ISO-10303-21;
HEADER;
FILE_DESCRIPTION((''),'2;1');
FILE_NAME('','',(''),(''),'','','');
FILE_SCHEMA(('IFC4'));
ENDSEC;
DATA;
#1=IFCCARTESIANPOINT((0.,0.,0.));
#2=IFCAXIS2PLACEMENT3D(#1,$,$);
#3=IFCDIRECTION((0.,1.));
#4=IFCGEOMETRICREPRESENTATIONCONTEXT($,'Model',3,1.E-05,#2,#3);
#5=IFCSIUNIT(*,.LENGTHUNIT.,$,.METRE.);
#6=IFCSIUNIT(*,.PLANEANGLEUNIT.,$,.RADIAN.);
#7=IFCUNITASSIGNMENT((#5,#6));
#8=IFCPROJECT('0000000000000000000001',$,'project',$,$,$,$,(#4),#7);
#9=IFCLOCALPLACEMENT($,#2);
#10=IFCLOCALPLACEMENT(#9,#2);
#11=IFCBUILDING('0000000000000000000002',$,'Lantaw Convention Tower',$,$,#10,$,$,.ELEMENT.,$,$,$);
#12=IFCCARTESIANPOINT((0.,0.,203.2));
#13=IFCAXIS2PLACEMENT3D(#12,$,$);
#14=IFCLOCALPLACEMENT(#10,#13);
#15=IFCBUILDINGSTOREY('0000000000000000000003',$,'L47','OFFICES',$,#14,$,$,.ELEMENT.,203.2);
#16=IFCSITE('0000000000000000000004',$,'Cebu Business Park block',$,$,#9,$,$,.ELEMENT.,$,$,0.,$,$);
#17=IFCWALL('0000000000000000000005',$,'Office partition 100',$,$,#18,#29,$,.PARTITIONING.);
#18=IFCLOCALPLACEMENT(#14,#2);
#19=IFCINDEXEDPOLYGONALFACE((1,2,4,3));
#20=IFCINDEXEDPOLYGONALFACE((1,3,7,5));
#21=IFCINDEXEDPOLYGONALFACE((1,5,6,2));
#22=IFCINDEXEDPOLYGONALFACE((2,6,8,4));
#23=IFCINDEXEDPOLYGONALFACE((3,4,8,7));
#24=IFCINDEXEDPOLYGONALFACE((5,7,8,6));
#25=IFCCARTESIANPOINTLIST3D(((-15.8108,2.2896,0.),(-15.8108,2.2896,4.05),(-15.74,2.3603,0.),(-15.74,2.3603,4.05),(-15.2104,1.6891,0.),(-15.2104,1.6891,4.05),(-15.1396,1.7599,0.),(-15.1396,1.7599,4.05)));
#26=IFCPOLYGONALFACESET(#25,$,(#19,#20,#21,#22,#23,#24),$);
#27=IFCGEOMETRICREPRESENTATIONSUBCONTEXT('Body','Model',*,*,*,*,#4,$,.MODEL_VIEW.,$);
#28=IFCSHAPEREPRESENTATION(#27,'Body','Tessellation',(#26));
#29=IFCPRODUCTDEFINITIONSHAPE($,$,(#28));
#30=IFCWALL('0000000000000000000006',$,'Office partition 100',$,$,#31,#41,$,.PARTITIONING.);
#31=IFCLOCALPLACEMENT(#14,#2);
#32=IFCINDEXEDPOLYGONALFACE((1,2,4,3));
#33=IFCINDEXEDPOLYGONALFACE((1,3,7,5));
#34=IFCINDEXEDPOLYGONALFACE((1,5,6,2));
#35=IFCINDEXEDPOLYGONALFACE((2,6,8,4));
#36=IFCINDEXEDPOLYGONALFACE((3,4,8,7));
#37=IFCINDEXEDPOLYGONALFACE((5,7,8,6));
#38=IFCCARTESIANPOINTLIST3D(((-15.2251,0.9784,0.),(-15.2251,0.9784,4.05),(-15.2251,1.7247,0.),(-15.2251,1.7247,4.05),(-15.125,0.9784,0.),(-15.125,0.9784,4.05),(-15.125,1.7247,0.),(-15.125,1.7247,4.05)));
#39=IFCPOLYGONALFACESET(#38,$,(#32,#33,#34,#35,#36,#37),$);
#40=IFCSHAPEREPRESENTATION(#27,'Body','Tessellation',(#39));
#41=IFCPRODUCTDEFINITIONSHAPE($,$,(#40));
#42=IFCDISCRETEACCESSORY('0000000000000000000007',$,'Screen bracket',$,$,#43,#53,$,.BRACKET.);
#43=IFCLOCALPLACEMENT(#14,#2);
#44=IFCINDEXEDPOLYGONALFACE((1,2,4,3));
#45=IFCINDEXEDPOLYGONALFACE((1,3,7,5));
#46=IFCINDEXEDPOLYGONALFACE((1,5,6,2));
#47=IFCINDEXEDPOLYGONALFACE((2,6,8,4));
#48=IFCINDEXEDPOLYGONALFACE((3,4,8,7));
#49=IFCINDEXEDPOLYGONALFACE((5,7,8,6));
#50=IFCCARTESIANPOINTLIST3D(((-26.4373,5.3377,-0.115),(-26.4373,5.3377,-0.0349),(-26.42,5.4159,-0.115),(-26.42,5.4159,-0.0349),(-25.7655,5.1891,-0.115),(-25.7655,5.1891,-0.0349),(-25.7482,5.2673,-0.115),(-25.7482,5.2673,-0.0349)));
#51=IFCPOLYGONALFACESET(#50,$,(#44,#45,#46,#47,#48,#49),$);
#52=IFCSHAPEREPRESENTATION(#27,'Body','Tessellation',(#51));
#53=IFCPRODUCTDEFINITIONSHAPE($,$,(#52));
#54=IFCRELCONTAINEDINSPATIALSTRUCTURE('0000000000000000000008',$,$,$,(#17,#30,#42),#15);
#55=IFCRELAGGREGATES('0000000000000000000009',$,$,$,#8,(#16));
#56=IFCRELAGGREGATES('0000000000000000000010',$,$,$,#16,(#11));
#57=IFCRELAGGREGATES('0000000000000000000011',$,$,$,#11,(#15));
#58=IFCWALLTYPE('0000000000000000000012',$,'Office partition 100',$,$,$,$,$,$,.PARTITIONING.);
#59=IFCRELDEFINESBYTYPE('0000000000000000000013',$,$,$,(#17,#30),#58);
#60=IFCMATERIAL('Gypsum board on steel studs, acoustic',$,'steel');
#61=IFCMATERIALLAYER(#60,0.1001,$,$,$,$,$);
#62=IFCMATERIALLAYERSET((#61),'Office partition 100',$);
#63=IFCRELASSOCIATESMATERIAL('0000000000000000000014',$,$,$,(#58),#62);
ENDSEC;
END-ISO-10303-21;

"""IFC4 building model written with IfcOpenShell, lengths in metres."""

from ifc_helpers import new_model, si_unit, direction, frame, frame_2d, origin, origin_2d, place, context, subcontext, project, spatial, rectangle, extrude, material, layer, layer_set, type_object, element, save


model = new_model("IFC4")

# Units and contexts
model_context = context("Model", 3, precision=1e-05, world=origin(), true_north=direction((0.0, 1.0)))
body_context = subcontext(model_context, "Body", "Model", "MODEL_VIEW")
ifc_project = project(units=[si_unit("LENGTHUNIT", "METRE"), si_unit("PLANEANGLEUNIT", "RADIAN")], contexts=[model_context])

# Site, building, storey
site_placement = place(None, origin())
site = spatial("IfcSite", under=ifc_project, at=site_placement, Name="Cebu Business Park block", CompositionType="ELEMENT", RefElevation=0.0)
building_placement = place(site_placement, origin())
building = spatial("IfcBuilding", under=site, at=building_placement, Name="Lantaw Convention Tower", CompositionType="ELEMENT")
storey_placement = place(building_placement, frame((0.0, 0.0, 203.2)))
storey = spatial("IfcBuildingStorey", under=building, at=storey_placement, Name="L47", Description="OFFICES", CompositionType="ELEMENT", Elevation=203.2)

# Shared definitions
ifc_material_1 = material(Name="Gypsum board on steel studs, acoustic", Category="steel")
ifc_layer_1 = layer(ifc_material_1, 0.1001)
ifc_layer_set_1 = layer_set([ifc_layer_1], Name="Office partition 100")
wall_type_1 = type_object("IfcWallType", Name="Office partition 100", PredefinedType="PARTITIONING", material=ifc_layer_set_1)

# Walls
wall_1_placement = place(storey_placement, frame((-15.7754, 2.325, 0.0), z_axis=(0.0, 0.0, 1.0), x_axis=(0.707107, -0.707107, 0.0)))
element("IfcWall", 1, at=wall_1_placement, inside=storey, type_object=wall_type_1, Name="Office partition 100", PredefinedType="PARTITIONING", context=body_context, shape_type="SweptSolid", body=[
    extrude(rectangle(XDim=0.8491, YDim=0.1001, at=frame_2d((0.4246, 0.0))), origin(), (0.0, 0.0, 1.0), 4.05),
])
wall_2_placement = place(storey_placement, frame((-15.175, 1.7246, 0.0), z_axis=(0.0, 0.0, 1.0), x_axis=(0.0, -1.0, 0.0)))
element("IfcWall", 2, at=wall_2_placement, inside=storey, type_object=wall_type_1, Name="Office partition 100", PredefinedType="PARTITIONING", context=body_context, shape_type="SweptSolid", body=[
    extrude(rectangle(XDim=0.7463, YDim=0.1001, at=frame_2d((0.373, 0.0))), origin(), (0.0, 0.0, 1.0), 4.05),
])

# Discrete accessory
discrete_accessory_placement = place(storey_placement, frame((-26.0928, 5.3025, -0.115), z_axis=(0.0, 0.0, 1.0), x_axis=(-0.215891, -0.976417, 0.0)))
element("IfcDiscreteAccessory", 3, at=discrete_accessory_placement, inside=storey, Name="Screen bracket", PredefinedType="BRACKET", context=body_context, shape_type="SweptSolid", body=[
    extrude(rectangle(XDim=0.0801, YDim=0.688, at=origin_2d()), origin(), (0.0, 0.0, 1.0), 0.0801),
])

save(model, "model.ifc")
